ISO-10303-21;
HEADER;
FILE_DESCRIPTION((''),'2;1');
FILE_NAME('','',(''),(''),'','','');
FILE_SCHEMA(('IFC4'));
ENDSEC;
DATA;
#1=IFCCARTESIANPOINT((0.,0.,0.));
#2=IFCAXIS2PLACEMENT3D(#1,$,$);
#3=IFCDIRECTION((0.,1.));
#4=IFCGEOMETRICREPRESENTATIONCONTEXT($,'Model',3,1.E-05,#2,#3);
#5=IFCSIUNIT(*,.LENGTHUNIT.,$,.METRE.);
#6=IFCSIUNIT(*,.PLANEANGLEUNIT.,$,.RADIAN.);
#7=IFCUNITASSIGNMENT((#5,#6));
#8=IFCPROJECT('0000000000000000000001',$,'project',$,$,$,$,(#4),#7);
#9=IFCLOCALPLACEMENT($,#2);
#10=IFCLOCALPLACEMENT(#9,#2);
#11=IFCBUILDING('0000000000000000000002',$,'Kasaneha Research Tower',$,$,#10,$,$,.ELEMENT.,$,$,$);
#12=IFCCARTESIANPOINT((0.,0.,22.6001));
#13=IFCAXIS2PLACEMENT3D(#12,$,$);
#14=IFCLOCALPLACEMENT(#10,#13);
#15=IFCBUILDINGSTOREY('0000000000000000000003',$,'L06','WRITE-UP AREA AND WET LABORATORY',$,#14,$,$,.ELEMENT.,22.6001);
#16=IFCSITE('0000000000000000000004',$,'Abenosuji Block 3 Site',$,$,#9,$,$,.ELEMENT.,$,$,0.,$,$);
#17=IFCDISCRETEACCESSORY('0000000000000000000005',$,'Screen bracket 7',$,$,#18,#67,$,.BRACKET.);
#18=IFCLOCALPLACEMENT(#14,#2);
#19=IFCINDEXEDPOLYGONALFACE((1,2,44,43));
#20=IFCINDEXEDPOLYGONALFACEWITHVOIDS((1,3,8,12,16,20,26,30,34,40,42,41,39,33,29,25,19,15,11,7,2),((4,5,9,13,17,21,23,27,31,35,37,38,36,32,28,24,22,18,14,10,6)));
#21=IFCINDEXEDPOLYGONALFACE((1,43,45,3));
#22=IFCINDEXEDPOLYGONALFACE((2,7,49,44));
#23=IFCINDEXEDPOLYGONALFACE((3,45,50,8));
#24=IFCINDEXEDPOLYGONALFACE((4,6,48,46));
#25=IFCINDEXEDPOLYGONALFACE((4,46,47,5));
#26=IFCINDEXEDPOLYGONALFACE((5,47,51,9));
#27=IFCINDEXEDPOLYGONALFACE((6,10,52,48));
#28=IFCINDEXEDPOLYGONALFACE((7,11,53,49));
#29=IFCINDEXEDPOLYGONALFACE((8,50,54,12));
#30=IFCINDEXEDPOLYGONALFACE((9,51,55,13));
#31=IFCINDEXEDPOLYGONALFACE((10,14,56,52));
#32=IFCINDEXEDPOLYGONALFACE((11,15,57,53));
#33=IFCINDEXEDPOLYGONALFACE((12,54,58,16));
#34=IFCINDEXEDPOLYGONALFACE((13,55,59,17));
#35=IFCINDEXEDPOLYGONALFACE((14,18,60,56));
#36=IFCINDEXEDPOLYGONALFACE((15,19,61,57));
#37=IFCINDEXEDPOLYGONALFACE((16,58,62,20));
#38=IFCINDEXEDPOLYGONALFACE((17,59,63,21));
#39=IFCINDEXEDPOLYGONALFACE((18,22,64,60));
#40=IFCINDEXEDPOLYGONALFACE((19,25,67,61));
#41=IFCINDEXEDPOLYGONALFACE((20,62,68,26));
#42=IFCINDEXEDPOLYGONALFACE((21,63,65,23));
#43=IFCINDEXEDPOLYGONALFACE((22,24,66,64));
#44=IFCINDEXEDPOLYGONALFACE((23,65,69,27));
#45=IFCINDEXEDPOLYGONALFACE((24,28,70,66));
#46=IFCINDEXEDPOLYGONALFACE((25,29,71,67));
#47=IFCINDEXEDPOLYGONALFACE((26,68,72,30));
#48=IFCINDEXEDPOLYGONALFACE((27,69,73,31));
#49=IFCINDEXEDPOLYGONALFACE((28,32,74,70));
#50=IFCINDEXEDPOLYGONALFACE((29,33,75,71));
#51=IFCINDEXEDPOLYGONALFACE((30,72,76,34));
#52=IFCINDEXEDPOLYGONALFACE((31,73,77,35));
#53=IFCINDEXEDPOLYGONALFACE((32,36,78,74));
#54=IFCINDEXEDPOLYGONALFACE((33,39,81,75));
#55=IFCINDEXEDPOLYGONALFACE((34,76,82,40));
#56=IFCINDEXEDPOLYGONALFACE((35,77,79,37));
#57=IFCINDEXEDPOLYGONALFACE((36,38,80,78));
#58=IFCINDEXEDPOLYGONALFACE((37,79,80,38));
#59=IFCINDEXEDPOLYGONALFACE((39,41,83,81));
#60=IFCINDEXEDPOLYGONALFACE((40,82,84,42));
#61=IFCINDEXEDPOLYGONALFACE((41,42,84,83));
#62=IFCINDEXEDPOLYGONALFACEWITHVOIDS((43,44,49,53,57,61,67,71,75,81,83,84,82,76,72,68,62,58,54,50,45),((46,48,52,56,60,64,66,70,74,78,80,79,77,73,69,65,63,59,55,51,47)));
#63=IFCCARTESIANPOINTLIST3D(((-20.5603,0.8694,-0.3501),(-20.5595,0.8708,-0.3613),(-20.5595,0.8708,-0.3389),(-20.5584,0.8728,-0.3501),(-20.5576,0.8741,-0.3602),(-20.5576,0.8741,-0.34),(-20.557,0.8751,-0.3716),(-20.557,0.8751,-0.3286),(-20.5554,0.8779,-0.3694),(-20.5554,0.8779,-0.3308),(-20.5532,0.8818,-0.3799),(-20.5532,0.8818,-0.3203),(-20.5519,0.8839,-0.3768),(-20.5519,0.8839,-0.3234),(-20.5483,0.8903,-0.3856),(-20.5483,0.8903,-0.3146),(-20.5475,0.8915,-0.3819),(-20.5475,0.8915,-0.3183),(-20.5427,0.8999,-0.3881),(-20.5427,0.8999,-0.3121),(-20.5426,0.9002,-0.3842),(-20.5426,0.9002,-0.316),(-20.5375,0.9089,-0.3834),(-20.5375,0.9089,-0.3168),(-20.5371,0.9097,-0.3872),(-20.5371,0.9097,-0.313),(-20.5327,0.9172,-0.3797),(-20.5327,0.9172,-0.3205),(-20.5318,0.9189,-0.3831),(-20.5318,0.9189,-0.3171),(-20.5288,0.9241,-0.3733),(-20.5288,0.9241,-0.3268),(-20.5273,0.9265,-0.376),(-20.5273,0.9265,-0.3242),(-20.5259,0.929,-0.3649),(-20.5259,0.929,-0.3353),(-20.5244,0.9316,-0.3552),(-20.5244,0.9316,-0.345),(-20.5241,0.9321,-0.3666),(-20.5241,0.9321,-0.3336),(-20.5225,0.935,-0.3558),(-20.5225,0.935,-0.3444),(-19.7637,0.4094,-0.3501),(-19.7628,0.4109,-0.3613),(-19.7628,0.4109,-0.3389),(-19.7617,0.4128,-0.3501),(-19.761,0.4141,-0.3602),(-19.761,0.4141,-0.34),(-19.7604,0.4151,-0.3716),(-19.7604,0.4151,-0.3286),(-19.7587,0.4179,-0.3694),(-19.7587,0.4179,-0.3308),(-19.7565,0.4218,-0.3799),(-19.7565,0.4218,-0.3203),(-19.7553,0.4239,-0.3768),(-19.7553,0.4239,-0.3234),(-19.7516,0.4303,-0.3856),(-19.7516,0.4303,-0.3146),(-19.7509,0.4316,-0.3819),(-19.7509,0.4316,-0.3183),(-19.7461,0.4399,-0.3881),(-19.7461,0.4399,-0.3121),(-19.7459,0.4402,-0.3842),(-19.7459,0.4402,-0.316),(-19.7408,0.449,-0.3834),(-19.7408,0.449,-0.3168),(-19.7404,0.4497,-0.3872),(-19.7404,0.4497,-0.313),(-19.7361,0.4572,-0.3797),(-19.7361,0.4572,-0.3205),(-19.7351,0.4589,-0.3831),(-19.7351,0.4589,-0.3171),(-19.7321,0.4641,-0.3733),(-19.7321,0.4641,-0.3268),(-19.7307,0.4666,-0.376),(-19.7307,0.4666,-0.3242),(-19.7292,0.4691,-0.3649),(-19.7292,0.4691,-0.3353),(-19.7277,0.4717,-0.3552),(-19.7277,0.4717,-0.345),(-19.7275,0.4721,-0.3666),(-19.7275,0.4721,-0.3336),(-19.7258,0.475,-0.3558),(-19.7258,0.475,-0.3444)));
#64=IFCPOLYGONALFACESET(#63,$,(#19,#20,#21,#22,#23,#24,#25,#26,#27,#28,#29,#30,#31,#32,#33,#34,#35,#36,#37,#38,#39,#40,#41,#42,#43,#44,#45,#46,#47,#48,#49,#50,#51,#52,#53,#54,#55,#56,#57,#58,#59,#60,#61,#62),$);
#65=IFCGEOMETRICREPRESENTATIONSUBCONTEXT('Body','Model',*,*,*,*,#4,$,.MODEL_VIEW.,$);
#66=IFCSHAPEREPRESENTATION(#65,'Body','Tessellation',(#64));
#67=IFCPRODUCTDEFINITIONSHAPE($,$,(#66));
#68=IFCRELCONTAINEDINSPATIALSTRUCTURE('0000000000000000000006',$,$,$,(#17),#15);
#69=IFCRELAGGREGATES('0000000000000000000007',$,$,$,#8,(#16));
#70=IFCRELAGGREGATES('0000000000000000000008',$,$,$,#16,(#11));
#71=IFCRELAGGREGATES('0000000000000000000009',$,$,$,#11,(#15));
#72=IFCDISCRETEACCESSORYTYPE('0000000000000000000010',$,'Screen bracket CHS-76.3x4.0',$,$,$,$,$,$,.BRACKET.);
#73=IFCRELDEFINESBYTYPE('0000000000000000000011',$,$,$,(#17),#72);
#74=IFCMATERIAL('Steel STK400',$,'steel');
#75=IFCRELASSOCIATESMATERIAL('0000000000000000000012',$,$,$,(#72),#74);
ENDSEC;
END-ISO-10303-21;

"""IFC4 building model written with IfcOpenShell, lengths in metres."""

from ifc_helpers import new_model, si_unit, direction, frame, origin, origin_2d, place, context, subcontext, project, spatial, hollow_circle, extrude, material, material_profile, profile_set, type_object, element, save


model = new_model("IFC4")

# Units and contexts
model_context = context("Model", 3, precision=1e-05, world=origin(), true_north=direction((0.0, 1.0)))
body_context = subcontext(model_context, "Body", "Model", "MODEL_VIEW")
ifc_project = project(units=[si_unit("LENGTHUNIT", "METRE"), si_unit("PLANEANGLEUNIT", "RADIAN")], contexts=[model_context])

# Site, building, storey
site_placement = place(None, origin())
site = spatial("IfcSite", under=ifc_project, at=site_placement, Name="Abenosuji Block 3 Site", CompositionType="ELEMENT", RefElevation=0.0)
building_placement = place(site_placement, origin())
building = spatial("IfcBuilding", under=site, at=building_placement, Name="Kasaneha Research Tower", CompositionType="ELEMENT")
storey_placement = place(building_placement, frame((0.0, 0.0, 22.6001)))
storey = spatial("IfcBuildingStorey", under=building, at=storey_placement, Name="L06", Description="WRITE-UP AREA AND WET LABORATORY", CompositionType="ELEMENT", Elevation=22.6001)

# Discrete accessory
ifc_material_1 = material(Name="Steel STK400", Category="steel")
ifc_material_profile_1 = material_profile(ifc_material_1, hollow_circle(Radius=0.0381, WallThickness=0.0039, at=origin_2d()), Name="CHS-76.3x4.0")
ifc_profile_set_1 = profile_set([ifc_material_profile_1], Name="Steel STK400")
discrete_accessory_type = type_object("IfcDiscreteAccessoryType", Name="Screen bracket CHS-76.3x4.0", PredefinedType="BRACKET", material=ifc_profile_set_1)
for number, where, z_axis, x_axis, name in (
    (1, (-19.7446, 0.4424, -0.3501), (-0.866013, 0.500021, 0.0), (-0.500021, -0.866013, 0.0), "Screen bracket 7"),
):
    element("IfcDiscreteAccessory", number, at=place(storey_placement, frame(where, z_axis=z_axis, x_axis=x_axis)), inside=storey, type_object=discrete_accessory_type, Name=name, PredefinedType="BRACKET", context=body_context, shape_type="SweptSolid", body=[
        extrude(hollow_circle(Radius=0.0381, WallThickness=0.0039, at=origin_2d()), origin(), (0.0, 0.0, 1.0), 0.9199),
    ])

save(model, "model.ifc")
